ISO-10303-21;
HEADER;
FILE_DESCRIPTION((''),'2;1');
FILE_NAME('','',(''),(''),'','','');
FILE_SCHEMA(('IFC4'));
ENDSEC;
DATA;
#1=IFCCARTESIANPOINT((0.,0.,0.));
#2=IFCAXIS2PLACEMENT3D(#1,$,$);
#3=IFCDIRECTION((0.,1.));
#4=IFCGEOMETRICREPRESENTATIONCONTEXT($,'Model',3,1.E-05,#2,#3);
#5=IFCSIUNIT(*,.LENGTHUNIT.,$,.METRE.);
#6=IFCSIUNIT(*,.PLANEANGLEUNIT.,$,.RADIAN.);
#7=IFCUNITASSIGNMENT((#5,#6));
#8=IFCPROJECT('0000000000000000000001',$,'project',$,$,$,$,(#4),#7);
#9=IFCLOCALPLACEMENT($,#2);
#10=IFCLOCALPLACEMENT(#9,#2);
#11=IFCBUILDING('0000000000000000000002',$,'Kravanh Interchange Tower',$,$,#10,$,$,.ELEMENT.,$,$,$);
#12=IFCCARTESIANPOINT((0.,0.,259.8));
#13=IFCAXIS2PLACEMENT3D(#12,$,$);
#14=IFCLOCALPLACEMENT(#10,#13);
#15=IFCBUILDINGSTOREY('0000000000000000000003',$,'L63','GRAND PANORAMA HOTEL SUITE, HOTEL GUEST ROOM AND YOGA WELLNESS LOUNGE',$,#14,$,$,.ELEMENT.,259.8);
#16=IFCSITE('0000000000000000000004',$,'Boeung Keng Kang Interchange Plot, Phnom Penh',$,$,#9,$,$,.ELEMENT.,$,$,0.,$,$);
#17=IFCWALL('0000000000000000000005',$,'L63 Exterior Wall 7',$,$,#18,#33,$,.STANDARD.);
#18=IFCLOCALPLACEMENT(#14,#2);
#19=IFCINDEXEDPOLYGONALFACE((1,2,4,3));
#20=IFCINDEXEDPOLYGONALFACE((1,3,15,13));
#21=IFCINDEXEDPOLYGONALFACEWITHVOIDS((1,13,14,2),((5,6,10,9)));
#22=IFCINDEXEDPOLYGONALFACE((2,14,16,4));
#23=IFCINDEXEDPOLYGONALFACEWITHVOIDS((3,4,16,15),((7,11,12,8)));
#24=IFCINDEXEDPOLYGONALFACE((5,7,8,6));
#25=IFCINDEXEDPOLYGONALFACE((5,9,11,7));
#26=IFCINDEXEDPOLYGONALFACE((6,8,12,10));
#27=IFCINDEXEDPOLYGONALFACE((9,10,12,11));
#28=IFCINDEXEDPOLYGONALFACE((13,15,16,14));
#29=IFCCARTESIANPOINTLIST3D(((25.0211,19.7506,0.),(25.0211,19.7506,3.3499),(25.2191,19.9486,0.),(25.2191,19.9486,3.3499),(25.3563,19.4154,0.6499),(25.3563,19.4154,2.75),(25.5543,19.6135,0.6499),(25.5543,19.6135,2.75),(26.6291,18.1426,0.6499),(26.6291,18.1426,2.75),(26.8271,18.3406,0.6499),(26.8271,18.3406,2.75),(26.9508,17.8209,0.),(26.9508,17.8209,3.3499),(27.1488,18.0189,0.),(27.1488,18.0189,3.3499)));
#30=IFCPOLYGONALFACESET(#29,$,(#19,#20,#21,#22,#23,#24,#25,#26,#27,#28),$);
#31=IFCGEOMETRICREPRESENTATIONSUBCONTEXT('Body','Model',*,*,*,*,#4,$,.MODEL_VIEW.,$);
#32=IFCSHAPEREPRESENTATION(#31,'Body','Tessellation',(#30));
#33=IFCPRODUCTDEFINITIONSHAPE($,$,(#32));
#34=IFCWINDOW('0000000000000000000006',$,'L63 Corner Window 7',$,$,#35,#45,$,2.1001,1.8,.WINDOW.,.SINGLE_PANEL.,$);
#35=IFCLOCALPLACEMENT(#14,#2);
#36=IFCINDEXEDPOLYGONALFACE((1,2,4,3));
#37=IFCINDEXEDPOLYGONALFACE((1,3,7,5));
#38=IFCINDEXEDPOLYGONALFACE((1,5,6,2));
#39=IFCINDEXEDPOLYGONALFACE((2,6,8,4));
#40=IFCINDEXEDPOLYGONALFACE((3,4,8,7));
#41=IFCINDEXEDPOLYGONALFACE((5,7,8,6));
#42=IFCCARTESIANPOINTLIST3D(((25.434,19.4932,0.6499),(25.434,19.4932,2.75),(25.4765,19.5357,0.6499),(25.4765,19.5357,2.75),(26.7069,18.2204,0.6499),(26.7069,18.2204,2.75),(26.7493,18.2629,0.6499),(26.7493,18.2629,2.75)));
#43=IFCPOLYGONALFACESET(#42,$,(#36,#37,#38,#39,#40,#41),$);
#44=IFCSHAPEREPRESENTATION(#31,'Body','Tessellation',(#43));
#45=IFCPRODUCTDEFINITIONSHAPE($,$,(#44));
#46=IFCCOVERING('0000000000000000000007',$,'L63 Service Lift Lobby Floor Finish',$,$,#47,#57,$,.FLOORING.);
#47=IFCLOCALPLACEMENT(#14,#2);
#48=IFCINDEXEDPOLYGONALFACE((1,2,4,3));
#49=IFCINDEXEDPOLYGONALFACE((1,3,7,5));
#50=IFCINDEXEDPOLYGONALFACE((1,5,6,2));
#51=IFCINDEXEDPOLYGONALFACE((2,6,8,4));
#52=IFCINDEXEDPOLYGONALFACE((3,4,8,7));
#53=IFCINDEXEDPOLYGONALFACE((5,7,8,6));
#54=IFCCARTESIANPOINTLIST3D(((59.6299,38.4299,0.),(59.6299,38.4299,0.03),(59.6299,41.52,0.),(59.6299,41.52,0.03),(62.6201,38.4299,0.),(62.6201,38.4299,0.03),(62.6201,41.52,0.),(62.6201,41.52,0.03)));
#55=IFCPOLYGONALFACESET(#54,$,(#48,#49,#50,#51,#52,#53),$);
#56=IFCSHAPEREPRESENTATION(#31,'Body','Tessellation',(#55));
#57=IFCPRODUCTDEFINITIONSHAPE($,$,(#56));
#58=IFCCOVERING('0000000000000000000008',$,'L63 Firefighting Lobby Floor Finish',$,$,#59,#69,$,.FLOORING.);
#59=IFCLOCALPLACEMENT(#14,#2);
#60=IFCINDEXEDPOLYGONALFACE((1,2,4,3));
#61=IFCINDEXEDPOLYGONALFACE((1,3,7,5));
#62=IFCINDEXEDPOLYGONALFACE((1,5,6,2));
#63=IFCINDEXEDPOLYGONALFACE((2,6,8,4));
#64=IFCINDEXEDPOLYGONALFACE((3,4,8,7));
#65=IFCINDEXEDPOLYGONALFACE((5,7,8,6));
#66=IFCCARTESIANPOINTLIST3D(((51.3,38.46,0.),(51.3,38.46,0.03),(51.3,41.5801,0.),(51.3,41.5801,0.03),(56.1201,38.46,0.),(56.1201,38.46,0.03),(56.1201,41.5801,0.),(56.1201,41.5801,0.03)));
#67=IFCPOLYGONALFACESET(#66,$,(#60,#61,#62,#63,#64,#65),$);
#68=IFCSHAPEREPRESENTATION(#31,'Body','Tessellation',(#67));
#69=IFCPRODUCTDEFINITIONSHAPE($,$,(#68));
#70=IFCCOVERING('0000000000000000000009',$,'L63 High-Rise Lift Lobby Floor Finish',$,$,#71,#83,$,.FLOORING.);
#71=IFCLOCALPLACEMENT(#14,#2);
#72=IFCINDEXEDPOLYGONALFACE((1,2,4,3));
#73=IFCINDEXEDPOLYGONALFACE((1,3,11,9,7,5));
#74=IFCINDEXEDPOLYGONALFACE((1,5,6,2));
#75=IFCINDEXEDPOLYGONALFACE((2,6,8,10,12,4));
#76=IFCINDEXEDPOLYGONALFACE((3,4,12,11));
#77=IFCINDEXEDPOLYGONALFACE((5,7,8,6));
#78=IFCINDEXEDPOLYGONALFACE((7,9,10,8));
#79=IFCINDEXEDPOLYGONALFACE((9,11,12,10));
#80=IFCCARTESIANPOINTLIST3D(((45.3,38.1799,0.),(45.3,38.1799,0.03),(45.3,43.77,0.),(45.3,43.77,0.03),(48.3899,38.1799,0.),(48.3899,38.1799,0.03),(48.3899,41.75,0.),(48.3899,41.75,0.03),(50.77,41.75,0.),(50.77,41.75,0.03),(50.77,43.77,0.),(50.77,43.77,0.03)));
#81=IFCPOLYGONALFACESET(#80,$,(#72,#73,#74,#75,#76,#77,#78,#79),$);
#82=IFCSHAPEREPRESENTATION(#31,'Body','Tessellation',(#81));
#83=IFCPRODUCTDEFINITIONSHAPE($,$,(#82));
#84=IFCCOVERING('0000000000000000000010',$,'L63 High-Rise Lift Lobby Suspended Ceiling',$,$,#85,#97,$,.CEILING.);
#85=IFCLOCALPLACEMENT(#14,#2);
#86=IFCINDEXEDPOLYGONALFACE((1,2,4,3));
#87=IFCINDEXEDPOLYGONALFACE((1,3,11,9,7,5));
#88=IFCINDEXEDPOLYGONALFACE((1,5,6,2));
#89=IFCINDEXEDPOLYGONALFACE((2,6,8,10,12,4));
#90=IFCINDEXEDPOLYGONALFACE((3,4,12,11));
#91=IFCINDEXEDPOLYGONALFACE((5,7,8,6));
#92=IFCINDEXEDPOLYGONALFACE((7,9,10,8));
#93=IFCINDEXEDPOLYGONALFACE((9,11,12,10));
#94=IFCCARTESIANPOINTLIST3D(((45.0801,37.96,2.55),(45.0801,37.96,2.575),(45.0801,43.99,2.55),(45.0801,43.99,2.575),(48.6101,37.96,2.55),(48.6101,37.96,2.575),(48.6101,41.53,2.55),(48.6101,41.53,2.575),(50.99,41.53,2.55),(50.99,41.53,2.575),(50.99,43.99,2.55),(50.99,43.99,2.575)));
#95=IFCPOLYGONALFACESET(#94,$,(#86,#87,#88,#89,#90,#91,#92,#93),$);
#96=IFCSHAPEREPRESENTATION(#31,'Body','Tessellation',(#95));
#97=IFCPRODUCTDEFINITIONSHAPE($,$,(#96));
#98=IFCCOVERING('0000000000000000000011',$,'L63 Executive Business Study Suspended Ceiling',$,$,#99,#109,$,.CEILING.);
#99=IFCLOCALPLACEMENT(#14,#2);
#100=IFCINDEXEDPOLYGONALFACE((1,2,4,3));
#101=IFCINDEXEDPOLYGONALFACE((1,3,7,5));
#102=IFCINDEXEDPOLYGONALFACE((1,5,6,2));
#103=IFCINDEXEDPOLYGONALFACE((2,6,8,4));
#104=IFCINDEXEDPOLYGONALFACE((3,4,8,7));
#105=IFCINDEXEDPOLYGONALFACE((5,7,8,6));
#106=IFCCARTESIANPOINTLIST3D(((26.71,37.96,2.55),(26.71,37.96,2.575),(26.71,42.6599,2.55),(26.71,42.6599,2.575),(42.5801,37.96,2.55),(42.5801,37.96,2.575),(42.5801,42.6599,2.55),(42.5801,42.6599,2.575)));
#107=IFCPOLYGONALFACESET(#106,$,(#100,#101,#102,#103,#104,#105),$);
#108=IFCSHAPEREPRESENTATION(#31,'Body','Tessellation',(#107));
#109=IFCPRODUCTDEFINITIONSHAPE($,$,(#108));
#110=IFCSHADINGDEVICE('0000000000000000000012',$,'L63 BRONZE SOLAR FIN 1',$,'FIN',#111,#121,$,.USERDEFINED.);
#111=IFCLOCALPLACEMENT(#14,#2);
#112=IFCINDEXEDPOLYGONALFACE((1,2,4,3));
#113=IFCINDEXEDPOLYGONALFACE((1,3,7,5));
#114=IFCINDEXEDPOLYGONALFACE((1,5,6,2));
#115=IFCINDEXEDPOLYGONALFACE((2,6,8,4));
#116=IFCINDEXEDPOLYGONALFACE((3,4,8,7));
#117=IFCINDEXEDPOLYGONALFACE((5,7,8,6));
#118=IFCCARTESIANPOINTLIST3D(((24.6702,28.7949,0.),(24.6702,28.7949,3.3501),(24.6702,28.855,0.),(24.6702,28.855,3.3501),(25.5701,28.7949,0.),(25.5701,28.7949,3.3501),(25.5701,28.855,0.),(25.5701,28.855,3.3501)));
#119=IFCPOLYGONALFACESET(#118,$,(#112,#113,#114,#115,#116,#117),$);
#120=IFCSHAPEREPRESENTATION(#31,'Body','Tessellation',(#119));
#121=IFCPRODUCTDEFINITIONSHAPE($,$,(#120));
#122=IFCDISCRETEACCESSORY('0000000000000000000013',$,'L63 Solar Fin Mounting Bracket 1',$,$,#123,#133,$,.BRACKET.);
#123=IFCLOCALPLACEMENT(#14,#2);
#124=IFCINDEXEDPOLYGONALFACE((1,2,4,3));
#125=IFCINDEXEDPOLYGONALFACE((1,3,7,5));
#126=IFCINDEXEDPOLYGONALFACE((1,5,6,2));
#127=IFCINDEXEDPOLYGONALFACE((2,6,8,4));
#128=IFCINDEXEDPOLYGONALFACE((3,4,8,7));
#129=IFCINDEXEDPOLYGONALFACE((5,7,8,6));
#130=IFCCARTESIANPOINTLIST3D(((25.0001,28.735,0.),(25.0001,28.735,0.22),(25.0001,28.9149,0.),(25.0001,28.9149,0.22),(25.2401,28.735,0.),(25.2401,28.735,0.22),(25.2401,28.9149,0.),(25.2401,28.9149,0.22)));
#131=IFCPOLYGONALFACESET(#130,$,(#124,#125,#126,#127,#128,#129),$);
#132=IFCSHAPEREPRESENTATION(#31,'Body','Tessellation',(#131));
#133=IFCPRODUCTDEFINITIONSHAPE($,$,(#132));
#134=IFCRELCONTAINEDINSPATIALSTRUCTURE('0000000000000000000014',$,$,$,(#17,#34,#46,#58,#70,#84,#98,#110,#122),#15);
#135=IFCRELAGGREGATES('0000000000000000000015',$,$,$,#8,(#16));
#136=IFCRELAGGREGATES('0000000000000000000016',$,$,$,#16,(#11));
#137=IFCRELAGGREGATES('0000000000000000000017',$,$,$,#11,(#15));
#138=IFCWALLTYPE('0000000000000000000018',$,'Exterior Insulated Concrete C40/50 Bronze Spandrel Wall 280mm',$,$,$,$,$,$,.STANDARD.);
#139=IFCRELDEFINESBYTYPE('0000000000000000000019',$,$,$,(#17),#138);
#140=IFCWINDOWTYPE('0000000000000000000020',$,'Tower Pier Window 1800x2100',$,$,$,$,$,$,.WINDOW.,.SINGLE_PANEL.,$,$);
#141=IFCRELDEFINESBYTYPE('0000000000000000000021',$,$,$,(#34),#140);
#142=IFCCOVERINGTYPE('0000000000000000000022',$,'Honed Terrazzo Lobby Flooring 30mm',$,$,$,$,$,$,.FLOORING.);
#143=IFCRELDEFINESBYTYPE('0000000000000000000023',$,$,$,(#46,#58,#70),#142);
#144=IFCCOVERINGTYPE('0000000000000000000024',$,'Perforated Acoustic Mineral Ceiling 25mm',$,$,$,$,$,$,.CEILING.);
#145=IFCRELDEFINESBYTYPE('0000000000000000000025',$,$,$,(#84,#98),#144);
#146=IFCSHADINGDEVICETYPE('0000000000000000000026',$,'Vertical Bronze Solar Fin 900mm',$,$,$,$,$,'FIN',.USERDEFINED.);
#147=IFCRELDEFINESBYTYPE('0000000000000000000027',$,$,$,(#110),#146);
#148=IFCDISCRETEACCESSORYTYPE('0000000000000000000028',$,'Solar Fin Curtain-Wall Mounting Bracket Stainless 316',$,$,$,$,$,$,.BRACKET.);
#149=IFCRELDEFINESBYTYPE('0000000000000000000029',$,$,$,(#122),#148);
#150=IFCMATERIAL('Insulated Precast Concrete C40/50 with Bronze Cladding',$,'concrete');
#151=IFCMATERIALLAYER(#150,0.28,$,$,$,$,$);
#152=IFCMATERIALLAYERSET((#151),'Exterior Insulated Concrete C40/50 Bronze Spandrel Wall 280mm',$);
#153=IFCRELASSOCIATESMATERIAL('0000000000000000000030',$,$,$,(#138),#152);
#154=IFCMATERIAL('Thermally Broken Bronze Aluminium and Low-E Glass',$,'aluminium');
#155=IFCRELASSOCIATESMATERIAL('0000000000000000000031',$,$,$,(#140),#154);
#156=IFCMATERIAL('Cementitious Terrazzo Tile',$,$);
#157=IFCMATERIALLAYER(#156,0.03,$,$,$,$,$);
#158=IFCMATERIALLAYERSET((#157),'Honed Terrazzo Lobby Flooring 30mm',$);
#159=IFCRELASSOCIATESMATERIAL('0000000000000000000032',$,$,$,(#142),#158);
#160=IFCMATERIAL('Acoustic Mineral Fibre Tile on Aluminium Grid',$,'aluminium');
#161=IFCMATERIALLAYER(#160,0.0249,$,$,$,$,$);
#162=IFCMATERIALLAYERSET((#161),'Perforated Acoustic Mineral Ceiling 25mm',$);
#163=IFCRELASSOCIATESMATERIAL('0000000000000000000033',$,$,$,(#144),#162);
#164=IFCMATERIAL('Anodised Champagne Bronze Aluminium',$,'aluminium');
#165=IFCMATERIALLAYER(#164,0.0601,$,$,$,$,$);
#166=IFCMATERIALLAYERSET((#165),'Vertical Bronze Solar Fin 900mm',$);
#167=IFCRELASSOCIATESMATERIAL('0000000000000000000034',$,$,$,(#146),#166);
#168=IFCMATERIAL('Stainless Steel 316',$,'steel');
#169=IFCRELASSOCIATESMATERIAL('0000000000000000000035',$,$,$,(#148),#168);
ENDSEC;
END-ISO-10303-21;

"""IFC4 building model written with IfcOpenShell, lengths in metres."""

from ifc_helpers import new_model, si_unit, direction, frame, frame_2d, origin, origin_2d, place, context, subcontext, project, spatial, polyline, rectangle, outline, extrude, material, layer, layer_set, type_object, element, fill, save


model = new_model("IFC4")

# Units and contexts
model_context = context("Model", 3, precision=1e-05, world=origin(), true_north=direction((0.0, 1.0)))
body_context = subcontext(model_context, "Body", "Model", "MODEL_VIEW")
ifc_project = project(units=[si_unit("LENGTHUNIT", "METRE"), si_unit("PLANEANGLEUNIT", "RADIAN")], contexts=[model_context])

# Site, building, storey
site_placement = place(None, origin())
site = spatial("IfcSite", under=ifc_project, at=site_placement, Name="Boeung Keng Kang Interchange Plot, Phnom Penh", CompositionType="ELEMENT", RefElevation=0.0)
building_placement = place(site_placement, origin())
building = spatial("IfcBuilding", under=site, at=building_placement, Name="Kravanh Interchange Tower", CompositionType="ELEMENT")
storey_placement = place(building_placement, frame((0.0, 0.0, 259.8)))
storey = spatial("IfcBuildingStorey", under=building, at=storey_placement, Name="L63", Description="GRAND PANORAMA HOTEL SUITE, HOTEL GUEST ROOM AND YOGA WELLNESS LOUNGE", CompositionType="ELEMENT", Elevation=259.8)

# Wall, opening, window
ifc_material_1 = material(Name="Insulated Precast Concrete C40/50 with Bronze Cladding", Category="concrete")
ifc_layer_1 = layer(ifc_material_1, 0.28)
ifc_layer_set_1 = layer_set([ifc_layer_1], Name="Exterior Insulated Concrete C40/50 Bronze Spandrel Wall 280mm")
wall_type = type_object("IfcWallType", Name="Exterior Insulated Concrete C40/50 Bronze Spandrel Wall 280mm", PredefinedType="STANDARD", material=ifc_layer_set_1)
wall_placement = place(storey_placement, frame((27.0498, 17.9199, 0.0), z_axis=(0.0, 0.0, 1.0), x_axis=(-0.707107, 0.707107, 0.0)))
wall = element("IfcWall", 1, at=wall_placement, inside=storey, type_object=wall_type, Name="L63 Exterior Wall 7", PredefinedType="STANDARD", context=body_context, shape_type="SweptSolid", body=[
    extrude(rectangle(XDim=2.729, YDim=0.28, at=frame_2d((1.3645, 0.0))), origin(), (0.0, 0.0, 1.0), 3.3499),
])
opening_placement = place(wall_placement, frame((0.4551, 0.0, 0.6499)))
opening = element("IfcOpeningElement", 2, at=opening_placement, cuts=wall, PredefinedType="OPENING", context=body_context, shape_type="SweptSolid", body=[
    extrude(rectangle(XDim=1.8, YDim=2.1001, at=frame_2d((0.8999, 1.05))), frame((0.0, 0.1499, 0.0), z_axis=(0.0, -1.0, 0.0), x_axis=(1.0, 0.0, 0.0)), (0.0, 0.0, 1.0), 0.3),
])
ifc_material_2 = material(Name="Thermally Broken Bronze Aluminium and Low-E Glass", Category="aluminium")
window_type = type_object("IfcWindowType", Name="Tower Pier Window 1800x2100", PartitioningType="SINGLE_PANEL", PredefinedType="WINDOW", material=ifc_material_2)
window_placement = place(opening_placement, origin())
window = element("IfcWindow", 3, at=window_placement, inside=storey, type_object=window_type, Name="L63 Corner Window 7", OverallHeight=2.1001, OverallWidth=1.8, PartitioningType="SINGLE_PANEL", PredefinedType="WINDOW", context=body_context, shape_type="SweptSolid", body=[
    extrude(rectangle(XDim=1.8, YDim=2.1001, at=frame_2d((0.8999, 1.05))), frame((0.0, 0.03, 0.0), z_axis=(0.0, -1.0, 0.0), x_axis=(1.0, 0.0, 0.0)), (0.0, 0.0, 1.0), 0.0601),
])
fill(opening, window)

# Coverings
ifc_material_3 = material(Name="Cementitious Terrazzo Tile")
ifc_layer_2 = layer(ifc_material_3, 0.03)
ifc_layer_set_2 = layer_set([ifc_layer_2], Name="Honed Terrazzo Lobby Flooring 30mm")
covering_type_1 = type_object("IfcCoveringType", Name="Honed Terrazzo Lobby Flooring 30mm", PredefinedType="FLOORING", material=ifc_layer_set_2)
covering_1_placement = place(storey_placement, origin())
element("IfcCovering", 4, at=covering_1_placement, inside=storey, type_object=covering_type_1, Name="L63 Service Lift Lobby Floor Finish", PredefinedType="FLOORING", context=body_context, shape_type="SweptSolid", body=[
    extrude(outline(polyline([(59.6299, 41.52), (62.6201, 41.52), (62.6201, 38.4299), (59.6299, 38.4299), (59.6299, 41.52)])), origin(), (0.0, 0.0, 1.0), 0.03),
])
covering_2_placement = place(storey_placement, origin())
element("IfcCovering", 5, at=covering_2_placement, inside=storey, type_object=covering_type_1, Name="L63 Firefighting Lobby Floor Finish", PredefinedType="FLOORING", context=body_context, shape_type="SweptSolid", body=[
    extrude(outline(polyline([(56.1201, 38.46), (51.3, 38.46), (51.3, 41.5801), (56.1201, 41.5801), (56.1201, 38.46)])), origin(), (0.0, 0.0, 1.0), 0.03),
])
covering_3_placement = place(storey_placement, origin())
element("IfcCovering", 6, at=covering_3_placement, inside=storey, type_object=covering_type_1, Name="L63 High-Rise Lift Lobby Floor Finish", PredefinedType="FLOORING", context=body_context, shape_type="SweptSolid", body=[
    extrude(outline(polyline([(45.3, 43.77), (50.77, 43.77), (50.77, 41.75), (48.3899, 41.75), (48.3899, 38.1799), (45.3, 38.1799), (45.3, 43.77)])), origin(), (0.0, 0.0, 1.0), 0.03),
])
ifc_material_4 = material(Name="Acoustic Mineral Fibre Tile on Aluminium Grid", Category="aluminium")
ifc_layer_3 = layer(ifc_material_4, 0.0249)
ifc_layer_set_3 = layer_set([ifc_layer_3], Name="Perforated Acoustic Mineral Ceiling 25mm")
covering_type_2 = type_object("IfcCoveringType", Name="Perforated Acoustic Mineral Ceiling 25mm", PredefinedType="CEILING", material=ifc_layer_set_3)
covering_4_placement = place(storey_placement, frame((0.0, 0.0, 2.55)))
element("IfcCovering", 7, at=covering_4_placement, inside=storey, type_object=covering_type_2, Name="L63 High-Rise Lift Lobby Suspended Ceiling", PredefinedType="CEILING", context=body_context, shape_type="SweptSolid", body=[
    extrude(outline(polyline([(50.99, 41.53), (48.6101, 41.53), (48.6101, 37.96), (45.0801, 37.96), (45.0801, 43.99), (50.99, 43.99), (50.99, 41.53)])), origin(), (0.0, 0.0, 1.0), 0.0249),
])
covering_5_placement = place(storey_placement, frame((0.0, 0.0, 2.55)))
element("IfcCovering", 8, at=covering_5_placement, inside=storey, type_object=covering_type_2, Name="L63 Executive Business Study Suspended Ceiling", PredefinedType="CEILING", context=body_context, shape_type="SweptSolid", body=[
    extrude(outline(polyline([(42.5801, 42.6599), (42.5801, 37.96), (26.71, 37.96), (26.71, 42.6599), (42.5801, 42.6599)])), origin(), (0.0, 0.0, 1.0), 0.0249),
])

# Shading device
ifc_material_5 = material(Name="Anodised Champagne Bronze Aluminium", Category="aluminium")
ifc_layer_4 = layer(ifc_material_5, 0.0601)
ifc_layer_set_4 = layer_set([ifc_layer_4], Name="Vertical Bronze Solar Fin 900mm")
shading_device_type = type_object("IfcShadingDeviceType", Name="Vertical Bronze Solar Fin 900mm", ElementType="FIN", PredefinedType="USERDEFINED", material=ifc_layer_set_4)
shading_device_placement = place(storey_placement, frame((25.1201, 28.825, 0.0), z_axis=(0.0, 0.0, 1.0), x_axis=(-1.0, 0.0, 0.0)))
element("IfcShadingDevice", 9, at=shading_device_placement, inside=storey, type_object=shading_device_type, Name="L63 BRONZE SOLAR FIN 1", ObjectType="FIN", PredefinedType="USERDEFINED", context=body_context, shape_type="SweptSolid", body=[
    extrude(rectangle(XDim=0.8999, YDim=0.0601, at=origin_2d()), origin(), (0.0, 0.0, 1.0), 3.3501),
])

# Discrete accessory
ifc_material_6 = material(Name="Stainless Steel 316", Category="steel")
discrete_accessory_type = type_object("IfcDiscreteAccessoryType", Name="Solar Fin Curtain-Wall Mounting Bracket Stainless 316", PredefinedType="BRACKET", material=ifc_material_6)
discrete_accessory_placement = place(storey_placement, frame((25.1201, 28.825, 0.0), z_axis=(0.0, 0.0, 1.0), x_axis=(-1.0, 0.0, 0.0)))
element("IfcDiscreteAccessory", 10, at=discrete_accessory_placement, inside=storey, type_object=discrete_accessory_type, Name="L63 Solar Fin Mounting Bracket 1", PredefinedType="BRACKET", context=body_context, shape_type="SweptSolid", body=[
    extrude(rectangle(XDim=0.24, YDim=0.1799, at=origin_2d()), origin(), (0.0, 0.0, 1.0), 0.22),
])

save(model, "model.ifc")
